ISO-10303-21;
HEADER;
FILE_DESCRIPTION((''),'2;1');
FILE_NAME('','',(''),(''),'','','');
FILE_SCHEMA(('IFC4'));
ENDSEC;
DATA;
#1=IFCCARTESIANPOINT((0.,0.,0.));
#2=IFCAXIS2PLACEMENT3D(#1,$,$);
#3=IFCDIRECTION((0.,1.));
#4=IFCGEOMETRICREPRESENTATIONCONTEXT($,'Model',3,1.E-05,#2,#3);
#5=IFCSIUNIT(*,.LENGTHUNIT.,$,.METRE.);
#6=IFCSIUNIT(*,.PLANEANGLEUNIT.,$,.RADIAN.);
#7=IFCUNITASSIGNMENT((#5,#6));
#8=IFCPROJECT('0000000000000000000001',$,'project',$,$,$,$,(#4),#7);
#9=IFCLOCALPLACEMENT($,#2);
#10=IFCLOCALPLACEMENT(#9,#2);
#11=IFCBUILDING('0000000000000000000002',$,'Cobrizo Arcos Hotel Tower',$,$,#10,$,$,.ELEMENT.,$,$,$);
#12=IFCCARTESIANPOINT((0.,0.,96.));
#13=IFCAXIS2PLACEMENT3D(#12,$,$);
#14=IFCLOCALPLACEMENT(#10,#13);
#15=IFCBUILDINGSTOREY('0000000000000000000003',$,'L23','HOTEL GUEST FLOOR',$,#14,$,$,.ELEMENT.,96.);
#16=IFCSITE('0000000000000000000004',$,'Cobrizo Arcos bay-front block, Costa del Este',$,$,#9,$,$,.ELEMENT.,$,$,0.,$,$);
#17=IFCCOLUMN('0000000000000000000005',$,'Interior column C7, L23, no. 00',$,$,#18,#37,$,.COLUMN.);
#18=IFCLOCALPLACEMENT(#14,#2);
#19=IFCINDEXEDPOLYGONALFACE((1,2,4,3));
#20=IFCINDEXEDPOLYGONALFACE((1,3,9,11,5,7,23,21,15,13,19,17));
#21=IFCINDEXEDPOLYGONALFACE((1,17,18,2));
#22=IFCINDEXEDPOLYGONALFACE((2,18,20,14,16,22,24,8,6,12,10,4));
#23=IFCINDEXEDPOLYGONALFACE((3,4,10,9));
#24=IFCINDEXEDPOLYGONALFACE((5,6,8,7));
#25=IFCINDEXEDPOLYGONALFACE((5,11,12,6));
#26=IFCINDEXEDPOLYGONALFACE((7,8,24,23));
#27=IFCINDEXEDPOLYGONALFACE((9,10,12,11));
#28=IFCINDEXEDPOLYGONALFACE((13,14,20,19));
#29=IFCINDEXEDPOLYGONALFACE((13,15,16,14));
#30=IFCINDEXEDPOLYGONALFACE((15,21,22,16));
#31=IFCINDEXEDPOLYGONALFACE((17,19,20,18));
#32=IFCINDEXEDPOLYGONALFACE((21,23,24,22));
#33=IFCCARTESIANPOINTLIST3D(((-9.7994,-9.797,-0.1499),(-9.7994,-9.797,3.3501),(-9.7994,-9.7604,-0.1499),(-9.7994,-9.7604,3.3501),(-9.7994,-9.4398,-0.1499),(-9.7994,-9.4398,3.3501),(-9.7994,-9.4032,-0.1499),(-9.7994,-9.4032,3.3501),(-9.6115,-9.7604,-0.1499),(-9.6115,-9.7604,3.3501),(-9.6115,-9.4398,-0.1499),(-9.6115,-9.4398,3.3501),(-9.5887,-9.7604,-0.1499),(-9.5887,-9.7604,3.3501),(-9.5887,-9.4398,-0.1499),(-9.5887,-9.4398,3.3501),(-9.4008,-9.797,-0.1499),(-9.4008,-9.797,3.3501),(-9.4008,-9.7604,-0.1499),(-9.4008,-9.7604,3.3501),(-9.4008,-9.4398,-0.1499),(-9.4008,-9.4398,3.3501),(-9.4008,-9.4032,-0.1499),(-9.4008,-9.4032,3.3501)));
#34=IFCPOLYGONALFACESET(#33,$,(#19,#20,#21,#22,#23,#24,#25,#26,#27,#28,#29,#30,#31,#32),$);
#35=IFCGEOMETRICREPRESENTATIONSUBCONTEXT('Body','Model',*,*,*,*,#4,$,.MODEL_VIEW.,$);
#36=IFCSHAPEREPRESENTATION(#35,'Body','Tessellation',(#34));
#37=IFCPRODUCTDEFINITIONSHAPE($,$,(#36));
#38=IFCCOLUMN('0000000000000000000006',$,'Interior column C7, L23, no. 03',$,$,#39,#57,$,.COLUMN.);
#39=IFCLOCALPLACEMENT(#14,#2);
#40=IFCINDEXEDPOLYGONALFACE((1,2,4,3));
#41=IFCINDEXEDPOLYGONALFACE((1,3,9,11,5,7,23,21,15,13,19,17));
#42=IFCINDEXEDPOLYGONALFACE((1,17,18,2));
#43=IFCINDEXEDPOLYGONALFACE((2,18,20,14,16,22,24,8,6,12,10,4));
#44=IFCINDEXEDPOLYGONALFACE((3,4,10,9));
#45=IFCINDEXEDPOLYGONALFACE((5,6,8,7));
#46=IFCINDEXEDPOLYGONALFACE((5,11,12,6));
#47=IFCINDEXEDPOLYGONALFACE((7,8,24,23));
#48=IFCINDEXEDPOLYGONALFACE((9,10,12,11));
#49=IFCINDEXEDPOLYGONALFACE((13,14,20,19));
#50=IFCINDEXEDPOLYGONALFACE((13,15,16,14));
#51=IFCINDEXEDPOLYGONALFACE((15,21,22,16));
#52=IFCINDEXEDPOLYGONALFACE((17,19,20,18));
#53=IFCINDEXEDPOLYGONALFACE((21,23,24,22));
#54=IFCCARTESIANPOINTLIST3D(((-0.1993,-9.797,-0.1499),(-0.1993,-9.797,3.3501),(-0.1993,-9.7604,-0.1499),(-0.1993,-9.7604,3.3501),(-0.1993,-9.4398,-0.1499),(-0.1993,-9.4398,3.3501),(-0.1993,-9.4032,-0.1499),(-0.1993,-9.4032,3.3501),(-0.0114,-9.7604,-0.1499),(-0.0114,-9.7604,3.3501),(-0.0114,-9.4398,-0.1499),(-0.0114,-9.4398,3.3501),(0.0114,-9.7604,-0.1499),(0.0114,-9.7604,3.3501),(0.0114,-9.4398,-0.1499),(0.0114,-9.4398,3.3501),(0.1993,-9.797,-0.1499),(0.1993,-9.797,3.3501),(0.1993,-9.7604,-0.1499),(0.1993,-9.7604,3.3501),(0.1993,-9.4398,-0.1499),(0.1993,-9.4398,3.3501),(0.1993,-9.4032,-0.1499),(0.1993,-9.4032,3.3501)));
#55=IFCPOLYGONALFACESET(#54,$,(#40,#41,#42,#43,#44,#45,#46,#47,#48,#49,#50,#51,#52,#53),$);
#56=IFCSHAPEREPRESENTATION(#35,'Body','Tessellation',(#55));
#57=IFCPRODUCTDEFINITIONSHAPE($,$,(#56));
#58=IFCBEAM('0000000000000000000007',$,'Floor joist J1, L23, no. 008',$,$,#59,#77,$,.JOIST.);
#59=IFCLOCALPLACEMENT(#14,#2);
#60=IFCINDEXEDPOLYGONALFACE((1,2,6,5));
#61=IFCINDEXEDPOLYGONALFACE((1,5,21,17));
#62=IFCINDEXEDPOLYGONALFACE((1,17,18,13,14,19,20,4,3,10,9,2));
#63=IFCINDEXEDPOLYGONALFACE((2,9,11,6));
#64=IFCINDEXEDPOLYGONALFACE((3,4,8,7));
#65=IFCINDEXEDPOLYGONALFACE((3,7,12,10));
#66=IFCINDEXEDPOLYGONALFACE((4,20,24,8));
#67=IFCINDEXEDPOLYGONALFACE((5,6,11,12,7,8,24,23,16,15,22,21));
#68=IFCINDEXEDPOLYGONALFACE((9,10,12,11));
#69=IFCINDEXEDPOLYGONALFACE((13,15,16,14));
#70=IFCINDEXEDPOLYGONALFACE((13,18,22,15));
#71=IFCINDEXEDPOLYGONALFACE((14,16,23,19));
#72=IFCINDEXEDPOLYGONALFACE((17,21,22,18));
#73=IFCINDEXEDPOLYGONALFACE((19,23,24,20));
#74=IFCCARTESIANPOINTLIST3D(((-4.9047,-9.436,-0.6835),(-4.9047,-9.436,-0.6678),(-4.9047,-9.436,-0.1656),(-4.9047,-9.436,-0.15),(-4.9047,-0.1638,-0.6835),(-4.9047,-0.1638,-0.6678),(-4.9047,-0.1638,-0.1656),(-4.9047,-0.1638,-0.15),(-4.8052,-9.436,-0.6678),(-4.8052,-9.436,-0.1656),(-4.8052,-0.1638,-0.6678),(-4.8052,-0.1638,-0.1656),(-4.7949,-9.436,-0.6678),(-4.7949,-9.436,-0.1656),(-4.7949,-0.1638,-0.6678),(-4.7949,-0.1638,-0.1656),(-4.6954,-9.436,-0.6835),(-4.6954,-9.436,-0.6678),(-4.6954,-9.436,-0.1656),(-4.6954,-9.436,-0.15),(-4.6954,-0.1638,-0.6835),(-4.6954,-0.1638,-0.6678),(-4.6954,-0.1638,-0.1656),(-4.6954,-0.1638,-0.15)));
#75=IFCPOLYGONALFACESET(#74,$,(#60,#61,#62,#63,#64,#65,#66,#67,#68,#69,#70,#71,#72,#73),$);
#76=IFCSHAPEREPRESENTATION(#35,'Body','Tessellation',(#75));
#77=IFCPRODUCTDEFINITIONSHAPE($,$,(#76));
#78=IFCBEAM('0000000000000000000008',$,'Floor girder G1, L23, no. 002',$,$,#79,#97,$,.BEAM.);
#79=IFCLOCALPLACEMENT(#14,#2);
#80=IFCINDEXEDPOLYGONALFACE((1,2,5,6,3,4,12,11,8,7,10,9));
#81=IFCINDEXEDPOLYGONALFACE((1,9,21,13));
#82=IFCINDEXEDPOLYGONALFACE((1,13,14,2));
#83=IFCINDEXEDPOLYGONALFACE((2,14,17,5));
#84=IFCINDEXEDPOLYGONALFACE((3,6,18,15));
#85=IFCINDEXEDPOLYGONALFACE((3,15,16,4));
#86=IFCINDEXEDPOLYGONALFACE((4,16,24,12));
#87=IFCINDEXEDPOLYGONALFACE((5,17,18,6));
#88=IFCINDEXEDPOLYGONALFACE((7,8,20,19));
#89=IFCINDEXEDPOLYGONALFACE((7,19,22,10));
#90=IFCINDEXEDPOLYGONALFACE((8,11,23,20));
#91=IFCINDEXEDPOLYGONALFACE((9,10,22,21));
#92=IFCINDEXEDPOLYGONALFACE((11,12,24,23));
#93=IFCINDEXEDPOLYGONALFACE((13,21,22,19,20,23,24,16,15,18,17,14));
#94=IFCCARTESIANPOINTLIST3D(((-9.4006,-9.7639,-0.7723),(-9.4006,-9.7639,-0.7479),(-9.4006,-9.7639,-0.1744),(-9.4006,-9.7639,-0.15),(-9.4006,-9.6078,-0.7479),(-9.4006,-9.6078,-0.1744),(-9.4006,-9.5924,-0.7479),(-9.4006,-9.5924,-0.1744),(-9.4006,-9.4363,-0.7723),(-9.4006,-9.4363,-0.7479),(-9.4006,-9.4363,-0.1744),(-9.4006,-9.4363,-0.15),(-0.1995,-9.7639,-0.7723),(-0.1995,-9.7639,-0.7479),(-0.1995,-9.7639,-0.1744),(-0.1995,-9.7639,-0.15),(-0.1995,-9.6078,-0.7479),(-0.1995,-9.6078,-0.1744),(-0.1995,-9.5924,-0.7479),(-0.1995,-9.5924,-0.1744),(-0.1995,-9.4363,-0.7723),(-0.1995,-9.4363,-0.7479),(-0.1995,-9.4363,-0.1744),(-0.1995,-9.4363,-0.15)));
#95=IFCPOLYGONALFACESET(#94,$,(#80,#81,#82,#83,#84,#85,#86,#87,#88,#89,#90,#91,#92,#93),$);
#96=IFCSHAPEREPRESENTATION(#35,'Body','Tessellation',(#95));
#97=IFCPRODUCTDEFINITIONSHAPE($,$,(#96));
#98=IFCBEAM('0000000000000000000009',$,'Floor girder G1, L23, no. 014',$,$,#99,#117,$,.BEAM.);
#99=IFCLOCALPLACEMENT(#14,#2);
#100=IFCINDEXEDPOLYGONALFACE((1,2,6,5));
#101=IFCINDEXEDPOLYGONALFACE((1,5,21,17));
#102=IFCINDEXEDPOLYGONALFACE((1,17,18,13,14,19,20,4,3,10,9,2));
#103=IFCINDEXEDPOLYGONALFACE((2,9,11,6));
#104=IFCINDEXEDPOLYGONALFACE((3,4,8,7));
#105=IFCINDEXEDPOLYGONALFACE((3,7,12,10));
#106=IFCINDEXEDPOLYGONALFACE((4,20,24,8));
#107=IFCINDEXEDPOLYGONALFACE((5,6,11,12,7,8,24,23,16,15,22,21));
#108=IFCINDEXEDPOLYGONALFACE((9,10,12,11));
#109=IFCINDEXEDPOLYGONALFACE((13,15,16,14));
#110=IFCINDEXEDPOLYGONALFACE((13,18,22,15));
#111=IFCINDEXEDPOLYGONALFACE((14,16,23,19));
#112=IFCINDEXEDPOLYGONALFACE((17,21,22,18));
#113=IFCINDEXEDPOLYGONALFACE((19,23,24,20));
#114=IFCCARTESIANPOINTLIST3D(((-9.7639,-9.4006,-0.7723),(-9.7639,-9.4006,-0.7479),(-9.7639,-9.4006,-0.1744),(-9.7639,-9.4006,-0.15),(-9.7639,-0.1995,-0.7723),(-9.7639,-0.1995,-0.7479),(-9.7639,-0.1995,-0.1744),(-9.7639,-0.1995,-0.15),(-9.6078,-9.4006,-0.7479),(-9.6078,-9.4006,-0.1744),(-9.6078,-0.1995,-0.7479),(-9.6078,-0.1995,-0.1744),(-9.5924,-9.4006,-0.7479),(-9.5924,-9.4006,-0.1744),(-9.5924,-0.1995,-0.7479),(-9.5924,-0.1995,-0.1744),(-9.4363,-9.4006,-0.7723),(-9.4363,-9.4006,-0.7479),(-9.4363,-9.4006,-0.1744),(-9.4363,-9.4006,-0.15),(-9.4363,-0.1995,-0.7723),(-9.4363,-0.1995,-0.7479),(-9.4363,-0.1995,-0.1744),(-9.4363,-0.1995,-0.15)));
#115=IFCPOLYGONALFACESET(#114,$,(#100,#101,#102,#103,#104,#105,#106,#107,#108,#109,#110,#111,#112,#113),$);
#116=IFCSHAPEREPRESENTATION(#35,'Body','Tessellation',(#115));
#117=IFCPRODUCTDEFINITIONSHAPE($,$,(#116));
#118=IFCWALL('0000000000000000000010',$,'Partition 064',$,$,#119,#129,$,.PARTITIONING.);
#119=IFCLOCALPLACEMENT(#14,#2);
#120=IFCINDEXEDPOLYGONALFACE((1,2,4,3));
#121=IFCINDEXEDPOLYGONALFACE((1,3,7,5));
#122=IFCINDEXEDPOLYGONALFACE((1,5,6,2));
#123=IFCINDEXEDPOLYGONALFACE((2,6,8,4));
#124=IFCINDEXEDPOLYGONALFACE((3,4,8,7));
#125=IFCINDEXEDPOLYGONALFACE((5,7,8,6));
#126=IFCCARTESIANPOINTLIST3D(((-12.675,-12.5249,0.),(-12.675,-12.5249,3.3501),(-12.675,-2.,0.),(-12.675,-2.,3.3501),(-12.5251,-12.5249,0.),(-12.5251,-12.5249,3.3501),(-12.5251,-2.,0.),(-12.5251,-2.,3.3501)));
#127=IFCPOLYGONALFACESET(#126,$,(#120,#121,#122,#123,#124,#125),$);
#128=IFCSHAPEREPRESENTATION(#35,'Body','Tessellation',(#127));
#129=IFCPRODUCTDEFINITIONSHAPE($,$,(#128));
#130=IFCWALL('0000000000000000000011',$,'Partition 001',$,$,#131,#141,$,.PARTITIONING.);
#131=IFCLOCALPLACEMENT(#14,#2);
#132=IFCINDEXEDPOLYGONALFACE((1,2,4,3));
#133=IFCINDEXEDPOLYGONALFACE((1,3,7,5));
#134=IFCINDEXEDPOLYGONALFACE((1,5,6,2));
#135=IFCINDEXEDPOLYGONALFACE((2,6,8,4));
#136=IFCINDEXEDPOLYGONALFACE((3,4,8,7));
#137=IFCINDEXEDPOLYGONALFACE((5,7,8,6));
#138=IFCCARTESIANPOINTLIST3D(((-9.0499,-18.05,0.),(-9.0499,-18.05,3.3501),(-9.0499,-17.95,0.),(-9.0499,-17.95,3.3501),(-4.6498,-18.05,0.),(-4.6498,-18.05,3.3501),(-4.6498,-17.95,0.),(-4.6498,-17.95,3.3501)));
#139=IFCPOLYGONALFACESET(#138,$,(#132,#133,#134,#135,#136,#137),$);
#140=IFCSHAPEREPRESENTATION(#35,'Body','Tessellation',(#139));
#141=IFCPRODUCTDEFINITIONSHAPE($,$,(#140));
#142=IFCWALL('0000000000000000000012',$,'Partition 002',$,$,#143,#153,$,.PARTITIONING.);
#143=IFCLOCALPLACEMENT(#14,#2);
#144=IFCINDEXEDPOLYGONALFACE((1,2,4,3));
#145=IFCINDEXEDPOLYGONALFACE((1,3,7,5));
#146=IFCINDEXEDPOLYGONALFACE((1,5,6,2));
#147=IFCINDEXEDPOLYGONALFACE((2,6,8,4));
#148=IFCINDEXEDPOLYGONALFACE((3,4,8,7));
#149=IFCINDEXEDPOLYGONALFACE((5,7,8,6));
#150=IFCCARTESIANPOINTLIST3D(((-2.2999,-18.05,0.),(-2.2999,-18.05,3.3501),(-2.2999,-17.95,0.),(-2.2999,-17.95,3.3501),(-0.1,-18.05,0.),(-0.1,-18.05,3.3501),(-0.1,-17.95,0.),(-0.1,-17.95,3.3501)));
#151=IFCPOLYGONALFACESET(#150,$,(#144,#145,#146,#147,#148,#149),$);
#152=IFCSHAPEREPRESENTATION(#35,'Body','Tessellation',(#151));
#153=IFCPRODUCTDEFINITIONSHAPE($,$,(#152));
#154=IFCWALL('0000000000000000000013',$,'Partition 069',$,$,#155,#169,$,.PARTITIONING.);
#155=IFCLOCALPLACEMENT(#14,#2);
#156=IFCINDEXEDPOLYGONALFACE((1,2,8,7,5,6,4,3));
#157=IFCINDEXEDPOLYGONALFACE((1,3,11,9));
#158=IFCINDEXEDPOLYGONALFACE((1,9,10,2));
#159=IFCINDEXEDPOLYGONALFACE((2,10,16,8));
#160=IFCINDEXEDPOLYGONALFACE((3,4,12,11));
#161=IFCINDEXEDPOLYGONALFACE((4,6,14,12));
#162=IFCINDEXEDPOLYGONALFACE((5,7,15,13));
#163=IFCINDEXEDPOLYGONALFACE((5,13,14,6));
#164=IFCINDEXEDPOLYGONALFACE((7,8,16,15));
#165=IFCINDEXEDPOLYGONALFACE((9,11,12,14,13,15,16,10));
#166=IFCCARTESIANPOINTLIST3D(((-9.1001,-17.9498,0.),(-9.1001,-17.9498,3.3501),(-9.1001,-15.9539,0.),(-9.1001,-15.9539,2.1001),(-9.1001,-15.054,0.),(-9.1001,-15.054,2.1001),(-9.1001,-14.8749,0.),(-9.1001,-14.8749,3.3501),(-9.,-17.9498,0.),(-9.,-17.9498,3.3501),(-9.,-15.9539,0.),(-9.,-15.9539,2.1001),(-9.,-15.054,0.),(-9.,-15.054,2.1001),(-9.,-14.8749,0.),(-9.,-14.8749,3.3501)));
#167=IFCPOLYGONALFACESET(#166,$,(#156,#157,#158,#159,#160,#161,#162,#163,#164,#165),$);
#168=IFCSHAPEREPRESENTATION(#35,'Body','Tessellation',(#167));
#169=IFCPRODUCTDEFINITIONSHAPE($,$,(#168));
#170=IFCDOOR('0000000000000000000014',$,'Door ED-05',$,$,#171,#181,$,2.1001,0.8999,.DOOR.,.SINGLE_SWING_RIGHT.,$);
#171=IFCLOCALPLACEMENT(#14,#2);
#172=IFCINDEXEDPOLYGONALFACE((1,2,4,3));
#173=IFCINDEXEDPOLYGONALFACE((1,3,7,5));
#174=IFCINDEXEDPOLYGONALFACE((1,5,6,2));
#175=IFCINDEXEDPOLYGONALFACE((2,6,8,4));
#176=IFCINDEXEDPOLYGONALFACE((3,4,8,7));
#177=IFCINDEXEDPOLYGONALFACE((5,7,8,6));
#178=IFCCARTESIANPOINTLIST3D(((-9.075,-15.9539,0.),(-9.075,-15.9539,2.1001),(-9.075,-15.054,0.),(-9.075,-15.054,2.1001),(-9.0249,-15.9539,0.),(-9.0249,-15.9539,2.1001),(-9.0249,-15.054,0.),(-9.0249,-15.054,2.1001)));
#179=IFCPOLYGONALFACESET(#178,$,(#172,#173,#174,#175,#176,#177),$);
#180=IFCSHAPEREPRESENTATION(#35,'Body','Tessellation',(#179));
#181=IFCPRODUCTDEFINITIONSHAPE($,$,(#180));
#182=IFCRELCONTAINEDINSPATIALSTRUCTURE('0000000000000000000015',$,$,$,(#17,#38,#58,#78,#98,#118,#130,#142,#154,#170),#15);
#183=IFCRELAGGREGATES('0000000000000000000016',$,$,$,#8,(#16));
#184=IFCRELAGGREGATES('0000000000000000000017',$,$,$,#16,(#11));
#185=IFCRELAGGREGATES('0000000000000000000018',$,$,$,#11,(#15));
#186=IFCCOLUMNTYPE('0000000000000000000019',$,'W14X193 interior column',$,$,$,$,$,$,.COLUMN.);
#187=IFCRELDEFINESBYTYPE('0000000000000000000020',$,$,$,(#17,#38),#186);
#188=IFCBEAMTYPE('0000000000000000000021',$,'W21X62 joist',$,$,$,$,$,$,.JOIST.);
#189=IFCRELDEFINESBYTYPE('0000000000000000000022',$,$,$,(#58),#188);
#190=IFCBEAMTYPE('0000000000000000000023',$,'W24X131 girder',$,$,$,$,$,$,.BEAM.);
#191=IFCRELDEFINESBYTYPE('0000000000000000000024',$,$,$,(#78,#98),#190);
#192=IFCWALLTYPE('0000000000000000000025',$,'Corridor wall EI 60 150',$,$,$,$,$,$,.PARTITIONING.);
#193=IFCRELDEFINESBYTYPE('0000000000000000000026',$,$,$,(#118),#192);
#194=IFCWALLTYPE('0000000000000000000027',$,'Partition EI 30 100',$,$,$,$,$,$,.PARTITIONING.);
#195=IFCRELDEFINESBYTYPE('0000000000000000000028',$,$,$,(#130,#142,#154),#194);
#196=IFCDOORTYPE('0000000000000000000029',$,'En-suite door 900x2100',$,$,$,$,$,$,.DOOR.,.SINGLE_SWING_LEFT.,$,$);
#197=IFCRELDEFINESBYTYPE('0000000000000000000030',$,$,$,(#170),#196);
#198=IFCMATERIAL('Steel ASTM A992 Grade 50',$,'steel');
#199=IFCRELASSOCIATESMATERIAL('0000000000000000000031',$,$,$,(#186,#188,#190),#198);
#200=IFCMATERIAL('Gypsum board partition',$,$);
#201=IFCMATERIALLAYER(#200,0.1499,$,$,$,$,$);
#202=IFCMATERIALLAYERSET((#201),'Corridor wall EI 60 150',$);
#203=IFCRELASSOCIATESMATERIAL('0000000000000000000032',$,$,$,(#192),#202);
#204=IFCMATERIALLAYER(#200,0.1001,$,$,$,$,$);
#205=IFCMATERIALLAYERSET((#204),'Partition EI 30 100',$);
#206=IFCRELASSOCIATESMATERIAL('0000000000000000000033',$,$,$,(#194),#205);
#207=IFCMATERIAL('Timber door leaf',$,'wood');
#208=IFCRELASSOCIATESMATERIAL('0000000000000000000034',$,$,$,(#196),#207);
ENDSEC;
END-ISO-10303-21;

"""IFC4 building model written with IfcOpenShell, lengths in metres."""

from ifc_helpers import new_model, si_unit, direction, frame, frame_2d, origin, origin_2d, place, context, subcontext, project, spatial, rectangle, i_section, extrude, material, layer, layer_set, material_profile, profile_set, type_object, element, fill, save


model = new_model("IFC4")

# Units and contexts
model_context = context("Model", 3, precision=1e-05, world=origin(), true_north=direction((0.0, 1.0)))
body_context = subcontext(model_context, "Body", "Model", "MODEL_VIEW")
ifc_project = project(units=[si_unit("LENGTHUNIT", "METRE"), si_unit("PLANEANGLEUNIT", "RADIAN")], contexts=[model_context])

# Site, building, storey
site_placement = place(None, origin())
site = spatial("IfcSite", under=ifc_project, at=site_placement, Name="Cobrizo Arcos bay-front block, Costa del Este", CompositionType="ELEMENT", RefElevation=0.0)
building_placement = place(site_placement, origin())
building = spatial("IfcBuilding", under=site, at=building_placement, Name="Cobrizo Arcos Hotel Tower", CompositionType="ELEMENT")
storey_placement = place(building_placement, frame((0.0, 0.0, 96.0)))
storey = spatial("IfcBuildingStorey", under=building, at=storey_placement, Name="L23", Description="HOTEL GUEST FLOOR", CompositionType="ELEMENT", Elevation=96.0)

# Columns
ifc_material_1 = material(Name="Steel ASTM A992 Grade 50", Category="steel")
ifc_material_profile_1 = material_profile(ifc_material_1, i_section(OverallWidth=0.3987, OverallDepth=0.3938, WebThickness=0.0227, FlangeThickness=0.0366, at=origin_2d()), Name="W14X193")
ifc_profile_set_1 = profile_set([ifc_material_profile_1], Name="Steel ASTM A992 Grade 50")
column_type = type_object("IfcColumnType", Name="W14X193 interior column", PredefinedType="COLUMN", material=ifc_profile_set_1)
for number, where, z_axis, x_axis, name in (
    (1, (-9.6001, -9.6001, -0.1499), (0.0, 0.0, 1.0), (1.0, 0.0, 0.0), "Interior column C7, L23, no. 00"),
    (2, (0.0, -9.6001, -0.1499), (0.0, 0.0, 1.0), (1.0, 0.0, 0.0), "Interior column C7, L23, no. 03"),
):
    element("IfcColumn", number, at=place(storey_placement, frame(where, z_axis=z_axis, x_axis=x_axis)), inside=storey, type_object=column_type, Name=name, PredefinedType="COLUMN", context=body_context, shape_type="SweptSolid", body=[
        extrude(i_section(OverallWidth=0.3987, OverallDepth=0.3938, WebThickness=0.0227, FlangeThickness=0.0366, at=origin_2d()), origin(), (0.0, 0.0, 1.0), 3.5),
    ])

# Beams
ifc_material_profile_2 = material_profile(ifc_material_1, i_section(OverallWidth=0.2092, OverallDepth=0.5334, WebThickness=0.0103, FlangeThickness=0.0156, at=origin_2d()), Name="W21X62")
ifc_profile_set_2 = profile_set([ifc_material_profile_2], Name="Steel ASTM A992 Grade 50")
beam_type_1 = type_object("IfcBeamType", Name="W21X62 joist", PredefinedType="JOIST", material=ifc_profile_set_2)
beam_placement = place(storey_placement, frame((-4.8, -9.436, -0.4167), z_axis=(0.0, 1.0, 0.0), x_axis=(-1.0, 0.0, 0.0)))
element("IfcBeam", 3, at=beam_placement, inside=storey, type_object=beam_type_1, Name="Floor joist J1, L23, no. 008", PredefinedType="JOIST", context=body_context, shape_type="SweptSolid", body=[
    extrude(i_section(OverallWidth=0.2092, OverallDepth=0.5334, WebThickness=0.0103, FlangeThickness=0.0156, at=origin_2d()), origin(), (0.0, 0.0, 1.0), 9.2722),
])
ifc_material_profile_3 = material_profile(ifc_material_1, i_section(OverallWidth=0.3276, OverallDepth=0.6223, WebThickness=0.0154, FlangeThickness=0.0244, at=origin_2d()), Name="W24X131")
ifc_profile_set_3 = profile_set([ifc_material_profile_3], Name="Steel ASTM A992 Grade 50")
beam_type_2 = type_object("IfcBeamType", Name="W24X131 girder", PredefinedType="BEAM", material=ifc_profile_set_3)
for number, where, z_axis, x_axis, name in (
    (4, (-9.4006, -9.6001, -0.4612), (1.0, 0.0, 0.0), (0.0, 1.0, 0.0), "Floor girder G1, L23, no. 002"),
    (5, (-9.6001, -9.4006, -0.4612), (0.0, 1.0, 0.0), (-1.0, 0.0, 0.0), "Floor girder G1, L23, no. 014"),
):
    element("IfcBeam", number, at=place(storey_placement, frame(where, z_axis=z_axis, x_axis=x_axis)), inside=storey, type_object=beam_type_2, Name=name, PredefinedType="BEAM", context=body_context, shape_type="SweptSolid", body=[
        extrude(i_section(OverallWidth=0.3276, OverallDepth=0.6223, WebThickness=0.0154, FlangeThickness=0.0244, at=origin_2d()), origin(), (0.0, 0.0, 1.0), 9.2012),
    ])

# Walls
ifc_material_2 = material(Name="Gypsum board partition")
ifc_layer_1 = layer(ifc_material_2, 0.1499)
ifc_layer_set_1 = layer_set([ifc_layer_1], Name="Corridor wall EI 60 150")
wall_type_1 = type_object("IfcWallType", Name="Corridor wall EI 60 150", PredefinedType="PARTITIONING", material=ifc_layer_set_1)
wall_1_placement = place(storey_placement, frame((-12.6001, -12.5249, 0.0), z_axis=(0.0, 0.0, 1.0), x_axis=(0.0, 1.0, 0.0)))
element("IfcWall", 6, at=wall_1_placement, inside=storey, type_object=wall_type_1, Name="Partition 064", PredefinedType="PARTITIONING", context=body_context, shape_type="SweptSolid", body=[
    extrude(rectangle(XDim=10.5249, YDim=0.1499, at=frame_2d((5.2625, 0.0))), origin(), (0.0, 0.0, 1.0), 3.3501),
])
ifc_layer_2 = layer(ifc_material_2, 0.1001)
ifc_layer_set_2 = layer_set([ifc_layer_2], Name="Partition EI 30 100")
wall_type_2 = type_object("IfcWallType", Name="Partition EI 30 100", PredefinedType="PARTITIONING", material=ifc_layer_set_2)
wall_2_placement = place(storey_placement, frame((-9.05, -18.0, 0.0), z_axis=(0.0, 0.0, 1.0), x_axis=(1.0, 0.0, 0.0)))
element("IfcWall", 7, at=wall_2_placement, inside=storey, type_object=wall_type_2, Name="Partition 001", PredefinedType="PARTITIONING", context=body_context, shape_type="SweptSolid", body=[
    extrude(rectangle(XDim=4.4001, YDim=0.1001, at=frame_2d((2.2002, 0.0))), origin(), (0.0, 0.0, 1.0), 3.3501),
])
wall_3_placement = place(storey_placement, frame((-2.3, -18.0, 0.0), z_axis=(0.0, 0.0, 1.0), x_axis=(1.0, 0.0, 0.0)))
element("IfcWall", 8, at=wall_3_placement, inside=storey, type_object=wall_type_2, Name="Partition 002", PredefinedType="PARTITIONING", context=body_context, shape_type="SweptSolid", body=[
    extrude(rectangle(XDim=2.2, YDim=0.1001, at=frame_2d((1.1001, 0.0))), origin(), (0.0, 0.0, 1.0), 3.3501),
])

# Wall, opening, door
wall_4_placement = place(storey_placement, frame((-9.05, -17.95, 0.0), z_axis=(0.0, 0.0, 1.0), x_axis=(0.0, 1.0, 0.0)))
wall_4 = element("IfcWall", 9, at=wall_4_placement, inside=storey, type_object=wall_type_2, Name="Partition 069", PredefinedType="PARTITIONING", context=body_context, shape_type="SweptSolid", body=[
    extrude(rectangle(XDim=3.075, YDim=0.1001, at=frame_2d((1.5376, 0.0))), origin(), (0.0, 0.0, 1.0), 3.3501),
])
opening_1_placement = place(wall_4_placement, frame((1.9961, 0.0, 0.0)))
opening_1 = element("IfcOpeningElement", 10, at=opening_1_placement, cuts=wall_4, PredefinedType="OPENING", context=body_context, shape_type="SweptSolid", body=[
    extrude(rectangle(XDim=0.8999, YDim=2.1001, at=frame_2d((0.45, 1.05))), frame((0.0, 0.062, 0.0), z_axis=(0.0, -1.0, 0.0), x_axis=(1.0, 0.0, 0.0)), (0.0, 0.0, 1.0), 0.124),
])
ifc_material_3 = material(Name="Timber door leaf", Category="wood")
door_type = type_object("IfcDoorType", Name="En-suite door 900x2100", OperationType="SINGLE_SWING_LEFT", PredefinedType="DOOR", material=ifc_material_3)
door_1_placement = place(opening_1_placement, origin())
door_1 = element("IfcDoor", 11, at=door_1_placement, inside=storey, type_object=door_type, Name="Door ED-05", OperationType="SINGLE_SWING_RIGHT", OverallHeight=2.1001, OverallWidth=0.8999, PredefinedType="DOOR", context=body_context, shape_type="SweptSolid", body=[
    extrude(rectangle(XDim=0.8999, YDim=2.1001, at=frame_2d((0.45, 1.05))), frame((0.0, 0.0249, 0.0), z_axis=(0.0, -1.0, 0.0), x_axis=(1.0, 0.0, 0.0)), (0.0, 0.0, 1.0), 0.05),
])
fill(opening_1, door_1)

save(model, "model.ifc")
